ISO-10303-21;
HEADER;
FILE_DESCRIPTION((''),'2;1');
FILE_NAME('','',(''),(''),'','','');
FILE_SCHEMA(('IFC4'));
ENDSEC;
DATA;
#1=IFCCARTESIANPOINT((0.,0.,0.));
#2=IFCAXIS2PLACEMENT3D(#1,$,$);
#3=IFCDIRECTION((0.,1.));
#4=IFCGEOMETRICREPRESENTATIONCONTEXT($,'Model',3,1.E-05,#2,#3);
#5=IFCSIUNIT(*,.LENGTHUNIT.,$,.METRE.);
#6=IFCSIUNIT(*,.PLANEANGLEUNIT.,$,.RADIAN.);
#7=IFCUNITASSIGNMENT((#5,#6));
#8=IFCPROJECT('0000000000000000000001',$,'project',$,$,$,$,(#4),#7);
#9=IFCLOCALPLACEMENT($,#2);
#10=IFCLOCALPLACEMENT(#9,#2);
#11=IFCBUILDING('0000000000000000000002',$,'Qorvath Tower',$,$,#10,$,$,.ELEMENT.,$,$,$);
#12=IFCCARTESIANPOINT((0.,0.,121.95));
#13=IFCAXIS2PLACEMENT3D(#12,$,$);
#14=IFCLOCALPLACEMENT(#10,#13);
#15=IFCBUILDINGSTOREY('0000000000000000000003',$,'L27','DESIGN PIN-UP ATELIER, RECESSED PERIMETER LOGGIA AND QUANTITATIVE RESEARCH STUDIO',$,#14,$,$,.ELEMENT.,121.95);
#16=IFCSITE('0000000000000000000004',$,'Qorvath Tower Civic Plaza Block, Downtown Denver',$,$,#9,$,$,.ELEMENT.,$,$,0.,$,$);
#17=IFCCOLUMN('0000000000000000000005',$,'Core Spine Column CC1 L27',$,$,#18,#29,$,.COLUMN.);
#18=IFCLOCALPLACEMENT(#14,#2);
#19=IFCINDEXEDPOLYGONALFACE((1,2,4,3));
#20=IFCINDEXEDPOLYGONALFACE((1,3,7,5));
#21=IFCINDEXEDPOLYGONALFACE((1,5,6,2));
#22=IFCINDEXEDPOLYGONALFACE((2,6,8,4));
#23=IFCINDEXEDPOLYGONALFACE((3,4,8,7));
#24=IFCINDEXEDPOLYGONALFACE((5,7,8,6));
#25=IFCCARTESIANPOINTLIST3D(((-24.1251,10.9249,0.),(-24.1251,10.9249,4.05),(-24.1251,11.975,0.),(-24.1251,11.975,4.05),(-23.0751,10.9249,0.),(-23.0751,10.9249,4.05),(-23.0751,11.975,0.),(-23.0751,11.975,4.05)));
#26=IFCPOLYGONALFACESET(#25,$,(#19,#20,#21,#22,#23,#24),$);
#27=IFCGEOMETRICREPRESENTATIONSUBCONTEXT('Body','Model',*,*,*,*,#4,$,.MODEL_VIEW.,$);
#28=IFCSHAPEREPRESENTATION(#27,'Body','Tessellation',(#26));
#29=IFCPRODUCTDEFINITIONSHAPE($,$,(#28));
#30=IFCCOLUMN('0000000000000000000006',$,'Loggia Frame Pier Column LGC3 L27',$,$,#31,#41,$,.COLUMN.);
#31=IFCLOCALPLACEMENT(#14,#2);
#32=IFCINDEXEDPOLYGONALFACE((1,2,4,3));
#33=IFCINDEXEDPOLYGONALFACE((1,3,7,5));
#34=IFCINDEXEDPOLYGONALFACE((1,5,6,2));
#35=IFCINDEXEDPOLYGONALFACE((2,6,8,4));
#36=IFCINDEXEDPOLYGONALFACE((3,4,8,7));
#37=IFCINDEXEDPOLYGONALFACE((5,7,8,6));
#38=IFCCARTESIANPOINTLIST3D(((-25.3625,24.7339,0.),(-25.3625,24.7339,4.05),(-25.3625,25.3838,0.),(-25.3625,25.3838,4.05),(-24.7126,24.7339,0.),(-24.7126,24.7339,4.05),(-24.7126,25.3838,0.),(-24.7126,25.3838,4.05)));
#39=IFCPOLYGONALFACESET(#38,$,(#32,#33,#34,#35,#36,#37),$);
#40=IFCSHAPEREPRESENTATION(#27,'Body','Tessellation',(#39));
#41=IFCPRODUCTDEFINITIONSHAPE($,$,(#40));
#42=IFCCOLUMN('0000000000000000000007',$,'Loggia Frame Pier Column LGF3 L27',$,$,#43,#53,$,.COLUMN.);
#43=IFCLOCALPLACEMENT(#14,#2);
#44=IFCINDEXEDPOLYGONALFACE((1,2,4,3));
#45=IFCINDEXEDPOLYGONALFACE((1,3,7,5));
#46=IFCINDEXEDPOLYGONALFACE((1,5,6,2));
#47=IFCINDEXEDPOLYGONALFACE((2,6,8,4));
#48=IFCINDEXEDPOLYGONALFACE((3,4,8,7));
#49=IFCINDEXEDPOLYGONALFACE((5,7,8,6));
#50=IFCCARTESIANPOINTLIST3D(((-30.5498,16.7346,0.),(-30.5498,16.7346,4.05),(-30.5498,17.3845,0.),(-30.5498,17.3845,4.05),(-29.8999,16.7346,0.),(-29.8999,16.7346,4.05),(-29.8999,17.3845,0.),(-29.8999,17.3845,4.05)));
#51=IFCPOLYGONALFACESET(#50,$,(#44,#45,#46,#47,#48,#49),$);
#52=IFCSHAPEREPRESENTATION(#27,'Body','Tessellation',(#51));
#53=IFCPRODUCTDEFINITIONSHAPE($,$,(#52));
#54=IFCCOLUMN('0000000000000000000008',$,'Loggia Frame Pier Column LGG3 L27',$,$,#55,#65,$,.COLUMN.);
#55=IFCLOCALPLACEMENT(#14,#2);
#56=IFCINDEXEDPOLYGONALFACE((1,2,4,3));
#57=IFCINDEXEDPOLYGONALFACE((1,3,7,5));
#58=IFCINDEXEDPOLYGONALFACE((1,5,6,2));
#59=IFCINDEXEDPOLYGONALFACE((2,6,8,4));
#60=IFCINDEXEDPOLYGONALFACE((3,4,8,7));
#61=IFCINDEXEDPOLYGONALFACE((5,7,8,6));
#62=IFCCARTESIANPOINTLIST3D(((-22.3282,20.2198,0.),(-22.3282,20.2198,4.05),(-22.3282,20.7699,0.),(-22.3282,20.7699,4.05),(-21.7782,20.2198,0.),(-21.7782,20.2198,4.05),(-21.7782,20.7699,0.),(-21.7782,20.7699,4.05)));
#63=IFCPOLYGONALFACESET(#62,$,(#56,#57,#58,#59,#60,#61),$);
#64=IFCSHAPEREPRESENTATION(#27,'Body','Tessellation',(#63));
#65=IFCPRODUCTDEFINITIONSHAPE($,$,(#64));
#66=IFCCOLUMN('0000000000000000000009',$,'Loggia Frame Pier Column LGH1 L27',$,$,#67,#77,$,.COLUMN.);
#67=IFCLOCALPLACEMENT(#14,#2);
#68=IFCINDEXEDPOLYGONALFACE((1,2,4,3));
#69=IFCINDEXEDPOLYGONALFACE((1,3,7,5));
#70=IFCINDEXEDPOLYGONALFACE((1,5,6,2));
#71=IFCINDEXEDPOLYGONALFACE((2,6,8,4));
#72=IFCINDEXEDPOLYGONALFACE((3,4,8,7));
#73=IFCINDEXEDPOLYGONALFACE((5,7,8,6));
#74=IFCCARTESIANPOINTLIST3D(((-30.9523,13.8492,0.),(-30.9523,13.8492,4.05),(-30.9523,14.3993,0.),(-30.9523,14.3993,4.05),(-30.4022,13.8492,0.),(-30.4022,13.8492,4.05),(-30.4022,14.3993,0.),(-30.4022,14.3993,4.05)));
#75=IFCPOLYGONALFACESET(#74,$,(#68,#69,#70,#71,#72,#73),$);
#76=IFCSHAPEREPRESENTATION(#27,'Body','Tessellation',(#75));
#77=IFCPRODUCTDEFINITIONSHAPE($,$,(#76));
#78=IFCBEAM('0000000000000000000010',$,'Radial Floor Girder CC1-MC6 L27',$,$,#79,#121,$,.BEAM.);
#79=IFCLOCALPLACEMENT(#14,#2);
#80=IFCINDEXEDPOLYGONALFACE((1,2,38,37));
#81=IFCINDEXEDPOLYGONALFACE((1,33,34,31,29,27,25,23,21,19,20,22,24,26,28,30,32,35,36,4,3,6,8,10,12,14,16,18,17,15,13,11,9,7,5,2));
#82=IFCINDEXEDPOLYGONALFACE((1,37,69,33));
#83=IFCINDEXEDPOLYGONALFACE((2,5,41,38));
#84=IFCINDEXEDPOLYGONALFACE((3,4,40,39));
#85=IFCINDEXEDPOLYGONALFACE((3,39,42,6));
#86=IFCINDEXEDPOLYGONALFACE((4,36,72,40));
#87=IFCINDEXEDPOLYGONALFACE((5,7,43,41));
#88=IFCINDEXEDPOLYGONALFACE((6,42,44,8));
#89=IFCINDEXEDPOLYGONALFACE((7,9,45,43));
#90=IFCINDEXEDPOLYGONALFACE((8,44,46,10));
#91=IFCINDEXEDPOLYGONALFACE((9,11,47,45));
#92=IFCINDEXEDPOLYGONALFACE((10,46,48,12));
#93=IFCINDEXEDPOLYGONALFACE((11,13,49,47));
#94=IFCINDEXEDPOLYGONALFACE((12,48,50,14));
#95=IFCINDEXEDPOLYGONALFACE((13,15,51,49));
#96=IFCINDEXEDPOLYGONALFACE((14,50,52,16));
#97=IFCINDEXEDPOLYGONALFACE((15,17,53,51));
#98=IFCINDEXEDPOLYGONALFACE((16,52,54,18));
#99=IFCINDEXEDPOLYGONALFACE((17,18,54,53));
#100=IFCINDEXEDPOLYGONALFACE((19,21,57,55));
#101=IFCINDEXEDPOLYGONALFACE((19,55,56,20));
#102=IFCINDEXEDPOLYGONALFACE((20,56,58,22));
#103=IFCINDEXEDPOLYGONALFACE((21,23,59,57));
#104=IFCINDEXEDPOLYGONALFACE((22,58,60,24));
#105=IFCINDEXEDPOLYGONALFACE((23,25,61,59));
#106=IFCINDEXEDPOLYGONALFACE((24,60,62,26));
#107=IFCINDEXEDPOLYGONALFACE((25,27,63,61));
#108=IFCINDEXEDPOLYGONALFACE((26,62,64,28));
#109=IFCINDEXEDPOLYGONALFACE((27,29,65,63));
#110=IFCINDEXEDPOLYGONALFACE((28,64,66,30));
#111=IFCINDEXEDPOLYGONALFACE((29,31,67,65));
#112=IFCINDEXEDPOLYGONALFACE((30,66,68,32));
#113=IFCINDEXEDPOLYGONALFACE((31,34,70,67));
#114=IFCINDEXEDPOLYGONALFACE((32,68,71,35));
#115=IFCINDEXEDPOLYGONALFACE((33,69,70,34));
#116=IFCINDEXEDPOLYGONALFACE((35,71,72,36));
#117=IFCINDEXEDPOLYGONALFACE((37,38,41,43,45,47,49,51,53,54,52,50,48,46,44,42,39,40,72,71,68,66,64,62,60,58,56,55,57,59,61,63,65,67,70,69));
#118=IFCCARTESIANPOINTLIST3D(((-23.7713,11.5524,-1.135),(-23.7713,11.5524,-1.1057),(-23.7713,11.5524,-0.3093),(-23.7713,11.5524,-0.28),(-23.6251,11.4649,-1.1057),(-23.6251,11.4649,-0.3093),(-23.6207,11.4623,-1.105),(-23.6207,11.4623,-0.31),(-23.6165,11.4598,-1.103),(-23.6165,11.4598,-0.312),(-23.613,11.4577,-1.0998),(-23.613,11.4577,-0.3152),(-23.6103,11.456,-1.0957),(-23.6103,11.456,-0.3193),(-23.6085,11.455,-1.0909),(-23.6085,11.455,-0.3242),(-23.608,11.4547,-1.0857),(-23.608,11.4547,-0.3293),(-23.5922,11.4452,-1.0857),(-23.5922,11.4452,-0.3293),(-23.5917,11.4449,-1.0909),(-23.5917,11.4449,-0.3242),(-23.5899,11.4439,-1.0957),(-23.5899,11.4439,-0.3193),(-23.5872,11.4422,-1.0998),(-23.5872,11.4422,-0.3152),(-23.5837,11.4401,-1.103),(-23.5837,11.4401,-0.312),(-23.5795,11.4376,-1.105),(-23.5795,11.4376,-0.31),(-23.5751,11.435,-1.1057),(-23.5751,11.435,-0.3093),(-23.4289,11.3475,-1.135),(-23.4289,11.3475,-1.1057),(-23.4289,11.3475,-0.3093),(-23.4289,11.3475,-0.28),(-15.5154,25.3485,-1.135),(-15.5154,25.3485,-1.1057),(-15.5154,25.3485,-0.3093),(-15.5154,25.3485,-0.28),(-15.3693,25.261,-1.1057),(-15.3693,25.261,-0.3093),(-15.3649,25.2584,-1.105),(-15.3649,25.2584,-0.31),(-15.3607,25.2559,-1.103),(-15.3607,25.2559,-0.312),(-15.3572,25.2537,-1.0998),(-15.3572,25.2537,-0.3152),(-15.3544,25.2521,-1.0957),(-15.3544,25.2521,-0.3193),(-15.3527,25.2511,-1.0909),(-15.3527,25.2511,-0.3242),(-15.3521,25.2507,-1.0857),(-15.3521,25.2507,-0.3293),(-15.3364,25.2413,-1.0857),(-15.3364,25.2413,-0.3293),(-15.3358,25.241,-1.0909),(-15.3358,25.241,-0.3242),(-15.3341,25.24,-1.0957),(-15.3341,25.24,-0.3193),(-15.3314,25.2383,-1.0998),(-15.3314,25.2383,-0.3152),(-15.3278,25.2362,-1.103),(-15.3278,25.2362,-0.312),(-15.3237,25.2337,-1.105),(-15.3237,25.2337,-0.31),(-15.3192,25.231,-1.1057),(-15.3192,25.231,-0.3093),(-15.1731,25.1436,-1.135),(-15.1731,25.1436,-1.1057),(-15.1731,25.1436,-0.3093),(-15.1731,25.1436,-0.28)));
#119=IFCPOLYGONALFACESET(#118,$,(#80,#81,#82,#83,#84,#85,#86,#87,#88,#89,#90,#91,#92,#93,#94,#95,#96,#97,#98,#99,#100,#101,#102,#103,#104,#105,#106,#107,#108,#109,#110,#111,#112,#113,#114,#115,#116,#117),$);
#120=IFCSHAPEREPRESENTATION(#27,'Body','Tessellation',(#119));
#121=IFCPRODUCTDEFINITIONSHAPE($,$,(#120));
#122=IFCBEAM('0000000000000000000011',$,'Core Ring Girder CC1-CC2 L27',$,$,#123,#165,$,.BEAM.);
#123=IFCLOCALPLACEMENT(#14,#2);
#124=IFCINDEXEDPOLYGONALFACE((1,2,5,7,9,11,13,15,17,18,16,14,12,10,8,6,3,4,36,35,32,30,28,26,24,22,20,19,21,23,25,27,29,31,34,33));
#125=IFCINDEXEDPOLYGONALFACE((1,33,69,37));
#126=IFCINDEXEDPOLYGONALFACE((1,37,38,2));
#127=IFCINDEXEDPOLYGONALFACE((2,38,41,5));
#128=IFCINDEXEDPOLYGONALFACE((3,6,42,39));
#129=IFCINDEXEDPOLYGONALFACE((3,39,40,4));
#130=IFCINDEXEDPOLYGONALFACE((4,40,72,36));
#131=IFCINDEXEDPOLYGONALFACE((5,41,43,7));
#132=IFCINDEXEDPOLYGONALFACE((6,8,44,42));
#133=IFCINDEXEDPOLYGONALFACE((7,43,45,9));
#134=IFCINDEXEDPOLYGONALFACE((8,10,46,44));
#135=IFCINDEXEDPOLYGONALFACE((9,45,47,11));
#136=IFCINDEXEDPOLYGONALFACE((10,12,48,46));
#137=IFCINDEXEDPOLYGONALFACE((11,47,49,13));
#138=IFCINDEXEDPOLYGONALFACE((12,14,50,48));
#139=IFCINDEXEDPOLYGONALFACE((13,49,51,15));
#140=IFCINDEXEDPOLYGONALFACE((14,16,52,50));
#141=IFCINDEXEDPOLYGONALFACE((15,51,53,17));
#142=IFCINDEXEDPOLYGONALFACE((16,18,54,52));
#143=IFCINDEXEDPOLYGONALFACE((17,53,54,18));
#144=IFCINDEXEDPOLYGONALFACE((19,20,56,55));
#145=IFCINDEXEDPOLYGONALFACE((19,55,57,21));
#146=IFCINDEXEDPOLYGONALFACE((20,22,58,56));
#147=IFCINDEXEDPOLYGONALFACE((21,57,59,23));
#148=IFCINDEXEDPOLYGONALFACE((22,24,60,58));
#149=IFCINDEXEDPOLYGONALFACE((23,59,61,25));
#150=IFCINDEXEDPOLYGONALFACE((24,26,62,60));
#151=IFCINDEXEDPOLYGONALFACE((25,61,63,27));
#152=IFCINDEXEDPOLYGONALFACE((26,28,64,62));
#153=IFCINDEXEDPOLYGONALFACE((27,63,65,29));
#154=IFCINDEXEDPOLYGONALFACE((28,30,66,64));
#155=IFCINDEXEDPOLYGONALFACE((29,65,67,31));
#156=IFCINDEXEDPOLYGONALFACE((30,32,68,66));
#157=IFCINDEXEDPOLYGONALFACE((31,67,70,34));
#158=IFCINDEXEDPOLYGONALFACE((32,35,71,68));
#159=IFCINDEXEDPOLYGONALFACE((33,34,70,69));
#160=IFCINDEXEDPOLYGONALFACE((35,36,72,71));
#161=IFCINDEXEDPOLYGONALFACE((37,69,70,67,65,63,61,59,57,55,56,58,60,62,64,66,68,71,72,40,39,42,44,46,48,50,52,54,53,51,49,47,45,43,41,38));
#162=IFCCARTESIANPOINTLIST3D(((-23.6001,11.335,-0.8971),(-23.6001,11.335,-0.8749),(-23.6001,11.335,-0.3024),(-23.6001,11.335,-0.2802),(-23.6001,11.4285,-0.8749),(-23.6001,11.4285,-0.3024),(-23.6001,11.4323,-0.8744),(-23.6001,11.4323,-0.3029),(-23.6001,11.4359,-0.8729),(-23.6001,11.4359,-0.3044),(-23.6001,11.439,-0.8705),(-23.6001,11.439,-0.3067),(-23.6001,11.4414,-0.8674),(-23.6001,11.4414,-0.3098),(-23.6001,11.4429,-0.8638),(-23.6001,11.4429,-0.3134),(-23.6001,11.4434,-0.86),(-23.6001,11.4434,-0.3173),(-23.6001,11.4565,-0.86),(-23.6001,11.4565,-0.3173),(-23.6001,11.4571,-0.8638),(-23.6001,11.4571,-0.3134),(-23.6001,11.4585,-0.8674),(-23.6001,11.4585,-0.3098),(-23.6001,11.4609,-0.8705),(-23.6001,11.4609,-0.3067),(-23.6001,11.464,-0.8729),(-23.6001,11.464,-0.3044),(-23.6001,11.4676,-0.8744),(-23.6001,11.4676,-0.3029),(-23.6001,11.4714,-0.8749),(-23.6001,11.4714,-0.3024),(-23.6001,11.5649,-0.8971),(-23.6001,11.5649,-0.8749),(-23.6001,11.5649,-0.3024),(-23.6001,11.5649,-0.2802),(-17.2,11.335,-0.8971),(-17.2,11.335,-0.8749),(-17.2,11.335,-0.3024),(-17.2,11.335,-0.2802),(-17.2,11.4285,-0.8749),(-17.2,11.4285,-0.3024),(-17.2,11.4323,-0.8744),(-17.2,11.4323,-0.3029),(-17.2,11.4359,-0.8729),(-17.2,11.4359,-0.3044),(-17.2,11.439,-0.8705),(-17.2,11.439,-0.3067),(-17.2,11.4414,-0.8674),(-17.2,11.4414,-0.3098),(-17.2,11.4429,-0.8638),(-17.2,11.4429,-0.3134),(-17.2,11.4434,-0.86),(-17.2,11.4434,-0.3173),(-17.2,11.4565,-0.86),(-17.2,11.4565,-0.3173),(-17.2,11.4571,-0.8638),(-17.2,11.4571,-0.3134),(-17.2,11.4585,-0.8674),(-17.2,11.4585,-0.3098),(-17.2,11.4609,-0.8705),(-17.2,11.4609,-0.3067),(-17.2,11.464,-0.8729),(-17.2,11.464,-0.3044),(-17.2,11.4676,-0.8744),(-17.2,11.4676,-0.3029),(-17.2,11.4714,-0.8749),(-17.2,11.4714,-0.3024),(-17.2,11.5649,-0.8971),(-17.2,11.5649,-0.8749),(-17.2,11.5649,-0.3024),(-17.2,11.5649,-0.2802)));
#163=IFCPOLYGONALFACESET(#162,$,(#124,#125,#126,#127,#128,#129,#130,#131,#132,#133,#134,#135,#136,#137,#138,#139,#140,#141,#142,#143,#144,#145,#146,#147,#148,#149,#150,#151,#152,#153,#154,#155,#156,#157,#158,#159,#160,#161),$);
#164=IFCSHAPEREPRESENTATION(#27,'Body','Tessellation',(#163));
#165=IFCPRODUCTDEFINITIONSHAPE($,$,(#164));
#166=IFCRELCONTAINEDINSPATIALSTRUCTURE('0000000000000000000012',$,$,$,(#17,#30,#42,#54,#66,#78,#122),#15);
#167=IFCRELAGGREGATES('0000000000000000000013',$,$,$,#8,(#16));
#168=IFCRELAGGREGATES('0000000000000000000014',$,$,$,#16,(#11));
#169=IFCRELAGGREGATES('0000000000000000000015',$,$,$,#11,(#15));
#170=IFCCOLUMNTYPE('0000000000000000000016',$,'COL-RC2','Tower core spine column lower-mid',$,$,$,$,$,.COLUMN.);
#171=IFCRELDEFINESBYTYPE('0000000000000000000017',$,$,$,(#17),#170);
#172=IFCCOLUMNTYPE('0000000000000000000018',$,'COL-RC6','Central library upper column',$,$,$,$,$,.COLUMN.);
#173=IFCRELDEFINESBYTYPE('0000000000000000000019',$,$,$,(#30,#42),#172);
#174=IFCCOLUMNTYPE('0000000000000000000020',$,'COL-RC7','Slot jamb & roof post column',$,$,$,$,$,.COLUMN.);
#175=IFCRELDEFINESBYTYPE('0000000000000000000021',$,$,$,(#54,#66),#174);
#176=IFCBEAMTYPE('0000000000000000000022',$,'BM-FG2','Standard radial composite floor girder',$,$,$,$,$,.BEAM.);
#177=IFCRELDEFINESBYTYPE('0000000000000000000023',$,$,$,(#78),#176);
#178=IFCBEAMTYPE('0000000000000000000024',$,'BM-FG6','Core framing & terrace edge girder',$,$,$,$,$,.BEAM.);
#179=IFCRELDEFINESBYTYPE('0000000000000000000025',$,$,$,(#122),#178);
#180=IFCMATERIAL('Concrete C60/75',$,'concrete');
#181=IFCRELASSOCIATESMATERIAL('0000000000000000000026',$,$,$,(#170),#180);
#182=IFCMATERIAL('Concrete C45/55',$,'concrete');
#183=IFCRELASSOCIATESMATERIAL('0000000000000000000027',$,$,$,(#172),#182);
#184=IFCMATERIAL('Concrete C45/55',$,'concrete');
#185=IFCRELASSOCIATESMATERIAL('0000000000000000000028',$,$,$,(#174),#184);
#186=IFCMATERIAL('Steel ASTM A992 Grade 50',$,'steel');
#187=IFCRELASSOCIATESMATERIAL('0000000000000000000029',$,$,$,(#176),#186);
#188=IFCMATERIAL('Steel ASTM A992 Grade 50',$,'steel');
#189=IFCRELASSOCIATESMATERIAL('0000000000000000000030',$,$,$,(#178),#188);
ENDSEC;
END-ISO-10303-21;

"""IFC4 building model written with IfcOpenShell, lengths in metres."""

from ifc_helpers import new_model, si_unit, direction, frame, origin, origin_2d, place, context, subcontext, project, spatial, rectangle, i_section, extrude, material, material_profile, profile_set, type_object, element, save


model = new_model("IFC4")

# Units and contexts
model_context = context("Model", 3, precision=1e-05, world=origin(), true_north=direction((0.0, 1.0)))
body_context = subcontext(model_context, "Body", "Model", "MODEL_VIEW")
ifc_project = project(units=[si_unit("LENGTHUNIT", "METRE"), si_unit("PLANEANGLEUNIT", "RADIAN")], contexts=[model_context])

# Site, building, storey
site_placement = place(None, origin())
site = spatial("IfcSite", under=ifc_project, at=site_placement, Name="Qorvath Tower Civic Plaza Block, Downtown Denver", CompositionType="ELEMENT", RefElevation=0.0)
building_placement = place(site_placement, origin())
building = spatial("IfcBuilding", under=site, at=building_placement, Name="Qorvath Tower", CompositionType="ELEMENT")
storey_placement = place(building_placement, frame((0.0, 0.0, 121.95)))
storey = spatial("IfcBuildingStorey", under=building, at=storey_placement, Name="L27", Description="DESIGN PIN-UP ATELIER, RECESSED PERIMETER LOGGIA AND QUANTITATIVE RESEARCH STUDIO", CompositionType="ELEMENT", Elevation=121.95)

# Columns
ifc_material_1 = material(Name="Concrete C60/75", Category="concrete")
ifc_material_profile_1 = material_profile(ifc_material_1, rectangle(XDim=1.05, YDim=1.05, at=origin_2d()), Name="RC 1050x1050")
ifc_profile_set_1 = profile_set([ifc_material_profile_1], Name="Concrete C60/75")
column_type_1 = type_object("IfcColumnType", Name="COL-RC2", Description="Tower core spine column lower-mid", PredefinedType="COLUMN", material=ifc_profile_set_1)
column_placement = place(storey_placement, frame((-23.6001, 11.45, 0.0), z_axis=(0.0, 0.0, 1.0), x_axis=(1.0, 0.0, 0.0)))
element("IfcColumn", 1, at=column_placement, inside=storey, type_object=column_type_1, Name="Core Spine Column CC1 L27", PredefinedType="COLUMN", context=body_context, shape_type="SweptSolid", body=[
    extrude(rectangle(XDim=1.05, YDim=1.05, at=origin_2d()), origin(), (0.0, 0.0, 1.0), 4.05),
])
ifc_material_2 = material(Name="Concrete C45/55", Category="concrete")
ifc_material_profile_2 = material_profile(ifc_material_2, rectangle(XDim=0.6499, YDim=0.6499, at=origin_2d()), Name="RC 650x650")
ifc_profile_set_2 = profile_set([ifc_material_profile_2], Name="Concrete C45/55")
column_type_2 = type_object("IfcColumnType", Name="COL-RC6", Description="Central library upper column", PredefinedType="COLUMN", material=ifc_profile_set_2)
for number, where, z_axis, x_axis, name in (
    (2, (-25.0376, 25.0588, 0.0), (0.0, 0.0, 1.0), (1.0, 0.0, 0.0), "Loggia Frame Pier Column LGC3 L27"),
    (3, (-30.2249, 17.0596, 0.0), (0.0, 0.0, 1.0), (1.0, 0.0, 0.0), "Loggia Frame Pier Column LGF3 L27"),
):
    element("IfcColumn", number, at=place(storey_placement, frame(where, z_axis=z_axis, x_axis=x_axis)), inside=storey, type_object=column_type_2, Name=name, PredefinedType="COLUMN", context=body_context, shape_type="SweptSolid", body=[
        extrude(rectangle(XDim=0.6499, YDim=0.6499, at=origin_2d()), origin(), (0.0, 0.0, 1.0), 4.05),
    ])
ifc_material_3 = material(Name="Concrete C45/55", Category="concrete")
ifc_material_profile_3 = material_profile(ifc_material_3, rectangle(XDim=0.55, YDim=0.55, at=origin_2d()), Name="RC 550x550")
ifc_profile_set_3 = profile_set([ifc_material_profile_3], Name="Concrete C45/55")
column_type_3 = type_object("IfcColumnType", Name="COL-RC7", Description="Slot jamb & roof post column", PredefinedType="COLUMN", material=ifc_profile_set_3)
for number, where, z_axis, x_axis, name in (
    (4, (-22.0532, 20.4949, 0.0), (0.0, 0.0, 1.0), (1.0, 0.0, 0.0), "Loggia Frame Pier Column LGG3 L27"),
    (5, (-30.6772, 14.1243, 0.0), (0.0, 0.0, 1.0), (1.0, 0.0, 0.0), "Loggia Frame Pier Column LGH1 L27"),
):
    element("IfcColumn", number, at=place(storey_placement, frame(where, z_axis=z_axis, x_axis=x_axis)), inside=storey, type_object=column_type_3, Name=name, PredefinedType="COLUMN", context=body_context, shape_type="SweptSolid", body=[
        extrude(rectangle(XDim=0.55, YDim=0.55, at=origin_2d()), origin(), (0.0, 0.0, 1.0), 4.05),
    ])

# Beams
ifc_material_4 = material(Name="Steel ASTM A992 Grade 50", Category="steel")
ifc_material_profile_4 = material_profile(ifc_material_4, i_section(OverallWidth=0.3989, OverallDepth=0.855, WebThickness=0.0183, FlangeThickness=0.0293, FilletRadius=0.02, at=origin_2d()), Name="W33x201")
ifc_profile_set_4 = profile_set([ifc_material_profile_4], Name="Steel ASTM A992 Grade 50")
beam_type_1 = type_object("IfcBeamType", Name="BM-FG2", Description="Standard radial composite floor girder", PredefinedType="BEAM", material=ifc_profile_set_4)
beam_1_placement = place(storey_placement, frame((-23.6001, 11.45, -0.7075), z_axis=(0.513497, 0.858091, 0.0), x_axis=(-0.858091, 0.513497, 0.0)))
element("IfcBeam", 6, at=beam_1_placement, inside=storey, type_object=beam_type_1, Name="Radial Floor Girder CC1-MC6 L27", PredefinedType="BEAM", context=body_context, shape_type="SweptSolid", body=[
    extrude(i_section(OverallWidth=0.3989, OverallDepth=0.855, WebThickness=0.0183, FlangeThickness=0.0293, FilletRadius=0.02, at=origin_2d()), origin(), (0.0, 0.0, 1.0), 16.0776),
])
ifc_material_5 = material(Name="Steel ASTM A992 Grade 50", Category="steel")
ifc_material_profile_5 = material_profile(ifc_material_5, i_section(OverallWidth=0.23, OverallDepth=0.6169, WebThickness=0.0132, FlangeThickness=0.0222, FilletRadius=0.0149, at=origin_2d()), Name="W24x94")
ifc_profile_set_5 = profile_set([ifc_material_profile_5], Name="Steel ASTM A992 Grade 50")
beam_type_2 = type_object("IfcBeamType", Name="BM-FG6", Description="Core framing & terrace edge girder", PredefinedType="BEAM", material=ifc_profile_set_5)
beam_2_placement = place(storey_placement, frame((-23.6001, 11.45, -0.5886), z_axis=(1.0, 0.0, 0.0), x_axis=(0.0, 1.0, 0.0)))
element("IfcBeam", 7, at=beam_2_placement, inside=storey, type_object=beam_type_2, Name="Core Ring Girder CC1-CC2 L27", PredefinedType="BEAM", context=body_context, shape_type="SweptSolid", body=[
    extrude(i_section(OverallWidth=0.23, OverallDepth=0.6169, WebThickness=0.0132, FlangeThickness=0.0222, FilletRadius=0.0149, at=origin_2d()), origin(), (0.0, 0.0, 1.0), 6.4001),
])

save(model, "model.ifc")
